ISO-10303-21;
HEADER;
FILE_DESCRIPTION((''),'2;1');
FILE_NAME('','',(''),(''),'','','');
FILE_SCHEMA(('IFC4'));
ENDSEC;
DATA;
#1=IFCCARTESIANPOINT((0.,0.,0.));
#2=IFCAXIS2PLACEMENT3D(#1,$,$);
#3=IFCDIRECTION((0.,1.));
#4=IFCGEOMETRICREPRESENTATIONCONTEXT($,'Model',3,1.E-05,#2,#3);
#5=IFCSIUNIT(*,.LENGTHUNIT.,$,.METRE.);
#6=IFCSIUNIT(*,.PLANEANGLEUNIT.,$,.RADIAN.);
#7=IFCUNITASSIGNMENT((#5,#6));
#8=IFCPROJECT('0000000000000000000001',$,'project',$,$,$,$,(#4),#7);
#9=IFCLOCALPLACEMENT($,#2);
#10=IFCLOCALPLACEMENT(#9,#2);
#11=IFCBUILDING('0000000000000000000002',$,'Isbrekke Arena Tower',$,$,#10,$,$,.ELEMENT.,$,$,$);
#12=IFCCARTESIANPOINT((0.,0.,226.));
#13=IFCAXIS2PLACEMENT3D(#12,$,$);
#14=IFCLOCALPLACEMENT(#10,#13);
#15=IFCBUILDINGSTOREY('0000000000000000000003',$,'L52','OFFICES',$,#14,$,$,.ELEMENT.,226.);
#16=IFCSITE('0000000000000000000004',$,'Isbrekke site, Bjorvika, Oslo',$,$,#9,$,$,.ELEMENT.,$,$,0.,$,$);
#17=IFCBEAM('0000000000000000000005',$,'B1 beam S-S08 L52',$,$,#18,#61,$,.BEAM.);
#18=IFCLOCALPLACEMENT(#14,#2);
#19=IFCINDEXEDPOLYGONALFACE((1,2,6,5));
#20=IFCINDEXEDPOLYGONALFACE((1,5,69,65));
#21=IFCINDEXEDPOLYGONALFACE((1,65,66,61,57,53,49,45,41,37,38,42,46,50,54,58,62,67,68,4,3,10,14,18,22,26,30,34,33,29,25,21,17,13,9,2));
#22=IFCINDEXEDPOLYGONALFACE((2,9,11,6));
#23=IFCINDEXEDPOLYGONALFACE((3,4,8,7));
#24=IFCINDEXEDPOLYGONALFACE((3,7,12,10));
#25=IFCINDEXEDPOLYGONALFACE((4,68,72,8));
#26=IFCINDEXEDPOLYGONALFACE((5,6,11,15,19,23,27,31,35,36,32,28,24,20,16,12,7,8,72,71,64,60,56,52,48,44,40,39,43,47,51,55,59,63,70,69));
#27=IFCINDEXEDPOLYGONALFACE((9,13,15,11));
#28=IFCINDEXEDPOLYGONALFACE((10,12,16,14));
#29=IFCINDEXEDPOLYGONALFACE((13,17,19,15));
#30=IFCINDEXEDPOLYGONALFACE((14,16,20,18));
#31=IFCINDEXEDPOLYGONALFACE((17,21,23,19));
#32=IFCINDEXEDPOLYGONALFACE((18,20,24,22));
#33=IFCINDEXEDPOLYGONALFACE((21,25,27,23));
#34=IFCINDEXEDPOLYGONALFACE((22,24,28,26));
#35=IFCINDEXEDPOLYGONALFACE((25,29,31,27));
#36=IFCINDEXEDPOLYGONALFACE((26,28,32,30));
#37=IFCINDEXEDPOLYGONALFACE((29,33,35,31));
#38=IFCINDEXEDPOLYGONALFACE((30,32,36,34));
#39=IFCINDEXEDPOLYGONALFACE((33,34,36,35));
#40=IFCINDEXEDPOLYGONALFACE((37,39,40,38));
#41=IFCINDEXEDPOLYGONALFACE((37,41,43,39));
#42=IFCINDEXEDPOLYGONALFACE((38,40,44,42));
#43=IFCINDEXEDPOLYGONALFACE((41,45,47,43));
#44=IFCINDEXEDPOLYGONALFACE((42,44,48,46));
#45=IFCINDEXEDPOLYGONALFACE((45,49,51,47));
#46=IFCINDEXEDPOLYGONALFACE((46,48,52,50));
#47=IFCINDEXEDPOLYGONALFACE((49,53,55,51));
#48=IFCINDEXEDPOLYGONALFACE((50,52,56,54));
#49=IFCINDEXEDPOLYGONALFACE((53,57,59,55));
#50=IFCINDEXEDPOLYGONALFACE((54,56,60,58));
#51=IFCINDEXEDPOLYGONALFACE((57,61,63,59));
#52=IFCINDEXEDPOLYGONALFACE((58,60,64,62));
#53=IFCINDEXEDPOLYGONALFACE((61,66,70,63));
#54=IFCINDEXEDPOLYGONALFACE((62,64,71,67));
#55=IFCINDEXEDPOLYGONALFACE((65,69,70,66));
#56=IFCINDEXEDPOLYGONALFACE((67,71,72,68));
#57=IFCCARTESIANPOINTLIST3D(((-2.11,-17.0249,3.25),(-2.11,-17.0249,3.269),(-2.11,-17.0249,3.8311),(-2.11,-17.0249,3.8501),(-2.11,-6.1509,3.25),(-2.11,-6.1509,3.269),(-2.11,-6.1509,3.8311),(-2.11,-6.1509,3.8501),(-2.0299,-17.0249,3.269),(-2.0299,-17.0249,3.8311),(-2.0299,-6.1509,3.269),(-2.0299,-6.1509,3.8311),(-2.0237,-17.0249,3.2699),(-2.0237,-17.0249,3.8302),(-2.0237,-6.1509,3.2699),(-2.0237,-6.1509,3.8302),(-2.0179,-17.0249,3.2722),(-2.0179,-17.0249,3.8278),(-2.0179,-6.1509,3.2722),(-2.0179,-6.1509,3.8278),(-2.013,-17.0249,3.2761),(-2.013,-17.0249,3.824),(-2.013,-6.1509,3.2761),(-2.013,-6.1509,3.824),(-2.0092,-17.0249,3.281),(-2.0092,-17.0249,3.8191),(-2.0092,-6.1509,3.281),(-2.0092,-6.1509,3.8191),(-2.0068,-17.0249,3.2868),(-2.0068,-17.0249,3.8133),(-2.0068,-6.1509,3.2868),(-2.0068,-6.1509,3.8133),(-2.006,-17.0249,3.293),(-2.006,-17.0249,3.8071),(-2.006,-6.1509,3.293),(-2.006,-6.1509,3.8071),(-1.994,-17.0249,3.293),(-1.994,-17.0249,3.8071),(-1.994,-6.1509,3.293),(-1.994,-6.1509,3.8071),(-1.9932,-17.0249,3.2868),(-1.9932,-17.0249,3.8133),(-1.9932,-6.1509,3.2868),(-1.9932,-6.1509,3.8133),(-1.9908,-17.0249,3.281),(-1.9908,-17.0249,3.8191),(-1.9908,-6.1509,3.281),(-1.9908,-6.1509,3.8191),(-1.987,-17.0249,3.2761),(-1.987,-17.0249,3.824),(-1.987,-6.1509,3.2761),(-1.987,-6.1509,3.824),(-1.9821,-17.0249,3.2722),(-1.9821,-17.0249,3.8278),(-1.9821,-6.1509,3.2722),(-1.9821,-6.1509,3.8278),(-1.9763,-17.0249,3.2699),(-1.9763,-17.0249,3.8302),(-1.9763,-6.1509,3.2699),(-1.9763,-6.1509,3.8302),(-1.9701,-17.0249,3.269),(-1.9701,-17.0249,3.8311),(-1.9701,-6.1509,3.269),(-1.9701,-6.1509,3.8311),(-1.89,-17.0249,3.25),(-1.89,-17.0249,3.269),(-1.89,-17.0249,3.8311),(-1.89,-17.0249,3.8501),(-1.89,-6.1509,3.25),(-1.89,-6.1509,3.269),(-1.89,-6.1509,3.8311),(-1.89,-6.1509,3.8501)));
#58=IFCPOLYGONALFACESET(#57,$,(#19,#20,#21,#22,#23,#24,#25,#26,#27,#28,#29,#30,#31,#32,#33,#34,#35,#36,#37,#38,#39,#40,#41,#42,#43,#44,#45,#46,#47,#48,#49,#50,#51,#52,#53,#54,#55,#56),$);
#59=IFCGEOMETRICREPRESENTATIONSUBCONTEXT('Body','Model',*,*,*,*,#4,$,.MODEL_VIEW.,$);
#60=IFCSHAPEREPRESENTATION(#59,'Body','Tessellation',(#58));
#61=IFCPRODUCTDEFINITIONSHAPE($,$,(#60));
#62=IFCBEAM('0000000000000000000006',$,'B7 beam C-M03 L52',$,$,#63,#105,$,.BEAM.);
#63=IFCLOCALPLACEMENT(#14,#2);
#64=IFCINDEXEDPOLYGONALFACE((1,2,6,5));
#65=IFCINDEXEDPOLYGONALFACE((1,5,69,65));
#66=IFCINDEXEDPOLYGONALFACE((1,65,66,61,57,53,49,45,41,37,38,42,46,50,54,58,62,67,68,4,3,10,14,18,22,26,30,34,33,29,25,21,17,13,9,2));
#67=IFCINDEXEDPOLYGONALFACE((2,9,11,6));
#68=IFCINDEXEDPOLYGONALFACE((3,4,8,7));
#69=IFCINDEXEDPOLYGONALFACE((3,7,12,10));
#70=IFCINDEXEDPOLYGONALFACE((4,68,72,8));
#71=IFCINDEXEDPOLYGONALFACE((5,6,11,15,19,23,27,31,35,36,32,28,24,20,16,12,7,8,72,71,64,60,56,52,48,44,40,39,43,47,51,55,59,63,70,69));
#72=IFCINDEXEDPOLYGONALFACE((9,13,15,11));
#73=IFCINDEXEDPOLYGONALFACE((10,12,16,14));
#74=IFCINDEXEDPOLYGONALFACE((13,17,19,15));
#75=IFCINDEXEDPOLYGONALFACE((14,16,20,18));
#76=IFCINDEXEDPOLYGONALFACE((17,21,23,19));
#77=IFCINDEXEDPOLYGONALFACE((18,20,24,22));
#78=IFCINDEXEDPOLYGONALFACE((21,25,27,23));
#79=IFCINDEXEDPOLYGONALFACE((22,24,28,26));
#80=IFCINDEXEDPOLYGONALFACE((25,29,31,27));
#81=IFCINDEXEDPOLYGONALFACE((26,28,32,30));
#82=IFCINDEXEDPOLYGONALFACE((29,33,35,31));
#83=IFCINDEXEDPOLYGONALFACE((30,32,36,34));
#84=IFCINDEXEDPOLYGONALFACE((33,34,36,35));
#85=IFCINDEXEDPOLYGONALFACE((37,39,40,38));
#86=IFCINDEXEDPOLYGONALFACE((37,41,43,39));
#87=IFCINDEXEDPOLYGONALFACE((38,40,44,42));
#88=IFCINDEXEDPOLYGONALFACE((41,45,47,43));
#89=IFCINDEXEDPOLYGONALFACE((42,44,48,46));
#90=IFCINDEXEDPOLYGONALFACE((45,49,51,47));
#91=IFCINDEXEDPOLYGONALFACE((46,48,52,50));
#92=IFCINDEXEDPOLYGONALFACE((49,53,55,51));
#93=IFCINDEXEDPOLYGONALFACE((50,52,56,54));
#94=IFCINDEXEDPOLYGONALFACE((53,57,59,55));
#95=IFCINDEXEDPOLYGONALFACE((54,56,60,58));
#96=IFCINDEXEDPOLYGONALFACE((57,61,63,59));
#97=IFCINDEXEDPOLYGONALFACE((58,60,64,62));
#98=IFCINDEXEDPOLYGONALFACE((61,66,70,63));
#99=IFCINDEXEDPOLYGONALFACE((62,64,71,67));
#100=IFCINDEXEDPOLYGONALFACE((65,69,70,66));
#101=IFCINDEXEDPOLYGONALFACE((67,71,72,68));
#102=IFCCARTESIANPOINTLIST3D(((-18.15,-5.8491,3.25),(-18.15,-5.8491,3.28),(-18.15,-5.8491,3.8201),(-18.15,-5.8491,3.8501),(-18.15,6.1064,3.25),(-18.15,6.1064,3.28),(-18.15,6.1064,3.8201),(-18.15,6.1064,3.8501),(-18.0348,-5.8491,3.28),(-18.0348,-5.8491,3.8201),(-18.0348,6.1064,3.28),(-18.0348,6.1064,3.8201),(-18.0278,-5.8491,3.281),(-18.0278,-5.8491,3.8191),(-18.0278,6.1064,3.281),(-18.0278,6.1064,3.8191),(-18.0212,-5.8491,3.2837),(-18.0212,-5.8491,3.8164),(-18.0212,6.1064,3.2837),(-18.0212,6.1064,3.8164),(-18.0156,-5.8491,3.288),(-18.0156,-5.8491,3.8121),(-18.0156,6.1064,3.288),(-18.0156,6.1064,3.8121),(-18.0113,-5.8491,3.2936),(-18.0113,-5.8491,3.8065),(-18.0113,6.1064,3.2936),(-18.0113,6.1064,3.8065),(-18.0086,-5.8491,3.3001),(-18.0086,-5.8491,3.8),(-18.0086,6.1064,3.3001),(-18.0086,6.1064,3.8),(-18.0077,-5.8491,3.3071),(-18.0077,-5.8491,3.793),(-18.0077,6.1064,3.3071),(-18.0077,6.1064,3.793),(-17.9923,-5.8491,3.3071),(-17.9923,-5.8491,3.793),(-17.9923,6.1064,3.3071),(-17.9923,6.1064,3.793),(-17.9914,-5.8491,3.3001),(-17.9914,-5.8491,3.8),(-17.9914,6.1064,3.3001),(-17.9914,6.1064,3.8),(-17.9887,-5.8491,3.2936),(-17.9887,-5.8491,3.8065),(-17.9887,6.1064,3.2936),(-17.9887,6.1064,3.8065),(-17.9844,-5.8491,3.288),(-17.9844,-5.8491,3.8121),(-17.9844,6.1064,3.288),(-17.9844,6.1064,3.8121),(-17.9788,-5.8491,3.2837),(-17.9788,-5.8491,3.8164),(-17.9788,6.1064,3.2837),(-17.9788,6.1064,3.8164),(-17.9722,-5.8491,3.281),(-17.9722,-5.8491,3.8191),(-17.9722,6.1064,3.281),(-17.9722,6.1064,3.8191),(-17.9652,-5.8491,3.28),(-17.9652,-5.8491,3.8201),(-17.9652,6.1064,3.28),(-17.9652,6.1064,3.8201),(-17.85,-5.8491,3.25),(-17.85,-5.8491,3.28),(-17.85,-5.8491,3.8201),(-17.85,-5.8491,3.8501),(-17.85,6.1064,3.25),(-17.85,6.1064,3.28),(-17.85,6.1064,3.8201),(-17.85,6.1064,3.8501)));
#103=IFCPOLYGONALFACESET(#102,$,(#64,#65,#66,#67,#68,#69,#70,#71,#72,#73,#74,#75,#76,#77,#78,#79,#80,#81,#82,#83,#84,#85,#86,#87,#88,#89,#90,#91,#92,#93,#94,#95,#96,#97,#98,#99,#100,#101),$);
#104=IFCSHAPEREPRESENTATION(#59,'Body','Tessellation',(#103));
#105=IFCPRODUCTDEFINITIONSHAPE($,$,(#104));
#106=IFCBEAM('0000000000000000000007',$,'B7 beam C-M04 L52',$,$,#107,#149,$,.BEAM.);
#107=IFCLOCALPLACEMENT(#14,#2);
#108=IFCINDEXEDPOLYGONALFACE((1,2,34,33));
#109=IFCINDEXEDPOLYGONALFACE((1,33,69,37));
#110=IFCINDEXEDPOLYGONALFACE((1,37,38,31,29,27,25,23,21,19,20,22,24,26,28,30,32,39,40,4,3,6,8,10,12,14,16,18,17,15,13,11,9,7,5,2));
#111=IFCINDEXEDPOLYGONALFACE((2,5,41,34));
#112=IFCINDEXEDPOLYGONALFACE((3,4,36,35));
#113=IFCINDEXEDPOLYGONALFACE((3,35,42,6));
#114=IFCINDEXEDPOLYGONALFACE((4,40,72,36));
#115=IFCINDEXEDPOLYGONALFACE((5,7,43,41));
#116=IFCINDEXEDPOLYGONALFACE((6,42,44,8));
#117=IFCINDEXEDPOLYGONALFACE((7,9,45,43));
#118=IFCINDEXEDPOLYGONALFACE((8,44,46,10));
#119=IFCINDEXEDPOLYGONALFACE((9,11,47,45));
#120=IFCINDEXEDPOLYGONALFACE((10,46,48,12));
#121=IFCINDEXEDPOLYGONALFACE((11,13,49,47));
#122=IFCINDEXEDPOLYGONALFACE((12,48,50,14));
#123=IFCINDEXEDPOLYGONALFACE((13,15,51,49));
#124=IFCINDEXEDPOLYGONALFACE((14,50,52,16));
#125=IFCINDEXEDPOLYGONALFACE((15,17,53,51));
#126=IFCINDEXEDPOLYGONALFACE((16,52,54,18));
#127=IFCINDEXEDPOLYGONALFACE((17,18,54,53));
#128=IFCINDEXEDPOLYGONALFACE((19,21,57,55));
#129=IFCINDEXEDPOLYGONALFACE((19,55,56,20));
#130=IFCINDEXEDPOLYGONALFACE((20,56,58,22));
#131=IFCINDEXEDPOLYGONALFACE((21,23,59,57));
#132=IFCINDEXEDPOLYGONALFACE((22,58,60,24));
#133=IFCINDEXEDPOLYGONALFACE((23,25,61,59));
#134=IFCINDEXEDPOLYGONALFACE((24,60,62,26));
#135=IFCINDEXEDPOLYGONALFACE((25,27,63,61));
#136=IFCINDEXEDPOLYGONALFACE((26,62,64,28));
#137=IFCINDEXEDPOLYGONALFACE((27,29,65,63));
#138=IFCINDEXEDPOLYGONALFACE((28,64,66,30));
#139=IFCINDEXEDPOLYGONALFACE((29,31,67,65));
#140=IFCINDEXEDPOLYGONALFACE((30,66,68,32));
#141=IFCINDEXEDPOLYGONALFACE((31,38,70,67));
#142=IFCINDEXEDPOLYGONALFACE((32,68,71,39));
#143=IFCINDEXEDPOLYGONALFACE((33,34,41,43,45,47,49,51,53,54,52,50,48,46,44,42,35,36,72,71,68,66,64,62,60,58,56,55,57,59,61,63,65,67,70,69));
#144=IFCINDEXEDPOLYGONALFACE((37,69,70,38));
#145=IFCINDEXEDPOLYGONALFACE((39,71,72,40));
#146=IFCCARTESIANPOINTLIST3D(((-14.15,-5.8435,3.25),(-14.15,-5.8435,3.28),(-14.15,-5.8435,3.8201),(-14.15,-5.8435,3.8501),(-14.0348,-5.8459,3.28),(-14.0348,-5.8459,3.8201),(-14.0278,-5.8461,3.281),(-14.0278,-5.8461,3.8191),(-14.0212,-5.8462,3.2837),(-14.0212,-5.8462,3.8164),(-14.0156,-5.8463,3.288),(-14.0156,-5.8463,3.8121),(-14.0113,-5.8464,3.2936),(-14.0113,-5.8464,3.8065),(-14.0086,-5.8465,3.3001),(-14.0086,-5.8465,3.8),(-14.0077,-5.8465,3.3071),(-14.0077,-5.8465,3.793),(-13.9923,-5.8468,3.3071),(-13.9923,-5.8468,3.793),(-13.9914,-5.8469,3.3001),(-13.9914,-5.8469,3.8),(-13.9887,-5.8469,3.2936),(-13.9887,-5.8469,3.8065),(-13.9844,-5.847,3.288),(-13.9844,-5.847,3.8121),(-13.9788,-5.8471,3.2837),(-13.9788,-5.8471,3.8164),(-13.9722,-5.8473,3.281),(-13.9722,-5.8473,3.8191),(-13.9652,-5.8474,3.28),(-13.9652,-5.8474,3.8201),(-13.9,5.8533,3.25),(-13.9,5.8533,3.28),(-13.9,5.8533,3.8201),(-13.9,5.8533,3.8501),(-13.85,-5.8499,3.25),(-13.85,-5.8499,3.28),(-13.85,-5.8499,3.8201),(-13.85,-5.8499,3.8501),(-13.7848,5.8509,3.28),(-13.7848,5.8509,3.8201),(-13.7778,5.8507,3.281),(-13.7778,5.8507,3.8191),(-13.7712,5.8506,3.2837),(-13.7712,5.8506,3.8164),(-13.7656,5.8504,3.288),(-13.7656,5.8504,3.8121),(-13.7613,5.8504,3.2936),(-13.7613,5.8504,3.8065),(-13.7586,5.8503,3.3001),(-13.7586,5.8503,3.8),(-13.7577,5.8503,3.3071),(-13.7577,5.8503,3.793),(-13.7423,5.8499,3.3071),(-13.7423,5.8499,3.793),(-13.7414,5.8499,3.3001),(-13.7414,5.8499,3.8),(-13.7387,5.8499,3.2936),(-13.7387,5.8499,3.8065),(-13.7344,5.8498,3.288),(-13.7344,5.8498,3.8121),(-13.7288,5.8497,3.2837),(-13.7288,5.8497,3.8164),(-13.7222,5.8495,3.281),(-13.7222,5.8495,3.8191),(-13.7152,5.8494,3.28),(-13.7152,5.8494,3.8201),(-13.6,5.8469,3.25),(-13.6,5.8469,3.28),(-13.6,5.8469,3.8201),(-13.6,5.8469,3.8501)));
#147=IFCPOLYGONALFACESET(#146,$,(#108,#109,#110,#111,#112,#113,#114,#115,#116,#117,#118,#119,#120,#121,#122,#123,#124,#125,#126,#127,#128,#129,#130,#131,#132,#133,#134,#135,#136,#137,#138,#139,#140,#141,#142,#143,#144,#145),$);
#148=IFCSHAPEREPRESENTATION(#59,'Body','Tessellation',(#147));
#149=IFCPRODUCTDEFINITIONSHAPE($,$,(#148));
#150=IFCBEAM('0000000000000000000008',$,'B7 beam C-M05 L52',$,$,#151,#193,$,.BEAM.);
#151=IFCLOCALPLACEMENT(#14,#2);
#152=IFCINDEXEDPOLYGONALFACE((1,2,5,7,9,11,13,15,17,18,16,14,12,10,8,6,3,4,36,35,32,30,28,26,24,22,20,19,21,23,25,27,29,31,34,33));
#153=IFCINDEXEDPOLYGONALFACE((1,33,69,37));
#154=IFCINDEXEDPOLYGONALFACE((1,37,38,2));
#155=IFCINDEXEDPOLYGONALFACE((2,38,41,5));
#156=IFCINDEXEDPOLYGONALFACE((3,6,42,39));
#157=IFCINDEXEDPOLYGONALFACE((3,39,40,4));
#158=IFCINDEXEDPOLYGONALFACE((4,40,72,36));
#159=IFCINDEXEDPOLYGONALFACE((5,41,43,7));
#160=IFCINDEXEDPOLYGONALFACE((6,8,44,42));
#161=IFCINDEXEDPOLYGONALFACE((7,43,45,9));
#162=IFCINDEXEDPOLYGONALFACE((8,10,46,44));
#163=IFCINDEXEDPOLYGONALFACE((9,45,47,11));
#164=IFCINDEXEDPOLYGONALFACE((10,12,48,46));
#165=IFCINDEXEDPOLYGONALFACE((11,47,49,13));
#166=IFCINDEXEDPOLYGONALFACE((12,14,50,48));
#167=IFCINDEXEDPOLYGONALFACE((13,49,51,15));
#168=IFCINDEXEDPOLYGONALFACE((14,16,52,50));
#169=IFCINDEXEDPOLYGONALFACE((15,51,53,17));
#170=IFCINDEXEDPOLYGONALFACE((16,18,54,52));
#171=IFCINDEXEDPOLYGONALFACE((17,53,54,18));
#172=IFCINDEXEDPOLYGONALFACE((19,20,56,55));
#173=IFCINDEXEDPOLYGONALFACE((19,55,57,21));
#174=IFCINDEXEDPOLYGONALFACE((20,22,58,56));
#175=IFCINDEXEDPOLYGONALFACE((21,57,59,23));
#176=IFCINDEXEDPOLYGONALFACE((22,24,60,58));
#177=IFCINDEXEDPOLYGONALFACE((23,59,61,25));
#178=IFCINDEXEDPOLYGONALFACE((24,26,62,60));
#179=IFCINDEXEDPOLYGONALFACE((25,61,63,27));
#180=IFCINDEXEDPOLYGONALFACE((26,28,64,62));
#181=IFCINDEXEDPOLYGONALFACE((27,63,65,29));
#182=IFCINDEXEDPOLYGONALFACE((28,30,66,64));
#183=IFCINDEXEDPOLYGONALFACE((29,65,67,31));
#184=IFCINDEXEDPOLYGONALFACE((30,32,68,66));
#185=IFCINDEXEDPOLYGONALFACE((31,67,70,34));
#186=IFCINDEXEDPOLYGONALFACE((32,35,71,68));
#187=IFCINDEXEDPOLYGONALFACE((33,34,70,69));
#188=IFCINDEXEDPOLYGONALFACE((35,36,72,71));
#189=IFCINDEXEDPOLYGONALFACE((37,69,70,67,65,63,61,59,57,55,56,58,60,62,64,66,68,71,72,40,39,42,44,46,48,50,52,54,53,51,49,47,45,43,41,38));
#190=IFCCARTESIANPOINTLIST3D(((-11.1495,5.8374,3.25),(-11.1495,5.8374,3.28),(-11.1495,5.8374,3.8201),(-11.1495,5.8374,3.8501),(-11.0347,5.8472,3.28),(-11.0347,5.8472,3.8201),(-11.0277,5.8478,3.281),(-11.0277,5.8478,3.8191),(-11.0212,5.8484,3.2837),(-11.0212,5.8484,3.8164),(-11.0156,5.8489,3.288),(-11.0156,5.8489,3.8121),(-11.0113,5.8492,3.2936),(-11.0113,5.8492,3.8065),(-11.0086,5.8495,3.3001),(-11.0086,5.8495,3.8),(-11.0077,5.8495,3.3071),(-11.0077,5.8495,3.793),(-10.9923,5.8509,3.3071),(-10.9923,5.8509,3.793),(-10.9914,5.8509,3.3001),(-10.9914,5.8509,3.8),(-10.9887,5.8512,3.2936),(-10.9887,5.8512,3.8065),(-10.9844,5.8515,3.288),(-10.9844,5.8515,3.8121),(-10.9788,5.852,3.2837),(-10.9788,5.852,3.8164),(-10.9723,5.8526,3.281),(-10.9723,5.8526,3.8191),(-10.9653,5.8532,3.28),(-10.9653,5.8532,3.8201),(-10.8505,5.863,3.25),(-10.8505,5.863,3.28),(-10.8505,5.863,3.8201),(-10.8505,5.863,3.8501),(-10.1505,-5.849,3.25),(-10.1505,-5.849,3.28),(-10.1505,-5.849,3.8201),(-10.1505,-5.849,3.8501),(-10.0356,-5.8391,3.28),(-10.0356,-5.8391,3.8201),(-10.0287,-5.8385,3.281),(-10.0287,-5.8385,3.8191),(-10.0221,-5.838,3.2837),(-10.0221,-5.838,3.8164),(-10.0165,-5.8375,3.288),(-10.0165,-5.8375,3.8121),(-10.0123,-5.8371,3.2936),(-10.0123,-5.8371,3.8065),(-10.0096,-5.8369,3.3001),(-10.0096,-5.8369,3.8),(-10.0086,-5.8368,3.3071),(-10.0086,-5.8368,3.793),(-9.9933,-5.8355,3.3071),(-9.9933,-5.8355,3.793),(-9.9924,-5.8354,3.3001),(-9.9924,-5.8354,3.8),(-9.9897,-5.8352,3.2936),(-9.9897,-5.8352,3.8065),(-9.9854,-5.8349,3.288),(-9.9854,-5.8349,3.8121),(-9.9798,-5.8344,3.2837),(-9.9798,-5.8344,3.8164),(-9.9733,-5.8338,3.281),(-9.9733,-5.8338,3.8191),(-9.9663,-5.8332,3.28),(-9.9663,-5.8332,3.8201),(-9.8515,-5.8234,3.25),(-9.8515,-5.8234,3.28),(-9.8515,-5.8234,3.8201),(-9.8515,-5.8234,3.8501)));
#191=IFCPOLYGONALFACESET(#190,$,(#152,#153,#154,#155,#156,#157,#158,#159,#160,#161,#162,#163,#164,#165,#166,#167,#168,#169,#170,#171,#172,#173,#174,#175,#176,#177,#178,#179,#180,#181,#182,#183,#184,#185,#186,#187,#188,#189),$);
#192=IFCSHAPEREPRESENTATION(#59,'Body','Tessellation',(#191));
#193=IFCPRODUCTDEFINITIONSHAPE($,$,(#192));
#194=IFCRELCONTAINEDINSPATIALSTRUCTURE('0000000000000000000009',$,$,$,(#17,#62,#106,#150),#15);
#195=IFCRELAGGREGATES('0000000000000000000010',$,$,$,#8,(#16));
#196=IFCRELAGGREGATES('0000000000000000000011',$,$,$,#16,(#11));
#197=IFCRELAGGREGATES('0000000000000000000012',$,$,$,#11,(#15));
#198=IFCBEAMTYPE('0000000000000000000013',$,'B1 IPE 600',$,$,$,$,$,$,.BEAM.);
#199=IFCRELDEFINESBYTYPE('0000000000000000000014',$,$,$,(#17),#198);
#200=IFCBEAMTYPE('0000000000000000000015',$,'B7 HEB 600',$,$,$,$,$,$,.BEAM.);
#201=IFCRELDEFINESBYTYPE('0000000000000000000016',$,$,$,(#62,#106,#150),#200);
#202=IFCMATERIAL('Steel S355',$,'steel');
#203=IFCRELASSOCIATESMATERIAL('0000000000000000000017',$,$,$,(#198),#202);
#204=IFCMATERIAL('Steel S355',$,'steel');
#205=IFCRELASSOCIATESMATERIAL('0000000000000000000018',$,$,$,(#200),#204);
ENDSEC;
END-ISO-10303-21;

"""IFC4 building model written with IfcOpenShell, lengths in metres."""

from ifc_helpers import new_model, si_unit, direction, frame, origin, origin_2d, place, context, subcontext, project, spatial, i_section, extrude, material, material_profile, profile_set, type_object, element, save


model = new_model("IFC4")

# Units and contexts
model_context = context("Model", 3, precision=1e-05, world=origin(), true_north=direction((0.0, 1.0)))
body_context = subcontext(model_context, "Body", "Model", "MODEL_VIEW")
ifc_project = project(units=[si_unit("LENGTHUNIT", "METRE"), si_unit("PLANEANGLEUNIT", "RADIAN")], contexts=[model_context])

# Site, building, storey
site_placement = place(None, origin())
site = spatial("IfcSite", under=ifc_project, at=site_placement, Name="Isbrekke site, Bjorvika, Oslo", CompositionType="ELEMENT", RefElevation=0.0)
building_placement = place(site_placement, origin())
building = spatial("IfcBuilding", under=site, at=building_placement, Name="Isbrekke Arena Tower", CompositionType="ELEMENT")
storey_placement = place(building_placement, frame((0.0, 0.0, 226.0)))
storey = spatial("IfcBuildingStorey", under=building, at=storey_placement, Name="L52", Description="OFFICES", CompositionType="ELEMENT", Elevation=226.0)

# Beams
ifc_material_1 = material(Name="Steel S355", Category="steel")
ifc_material_profile_1 = material_profile(ifc_material_1, i_section(OverallWidth=0.22, OverallDepth=0.6001, WebThickness=0.012, FlangeThickness=0.019, FilletRadius=0.0239, at=origin_2d()), Name="IPE 600")
ifc_profile_set_1 = profile_set([ifc_material_profile_1], Name="Steel S355")
beam_type_1 = type_object("IfcBeamType", Name="B1 IPE 600", PredefinedType="BEAM", material=ifc_profile_set_1)
for number, where, z_axis, x_axis, name in (
    (1, (-2.0, -17.0249, 3.55), (0.0, 1.0, 0.0), (-1.0, 0.0, 0.0), "B1 beam S-S08 L52"),
):
    element("IfcBeam", number, at=place(storey_placement, frame(where, z_axis=z_axis, x_axis=x_axis)), inside=storey, type_object=beam_type_1, Name=name, PredefinedType="BEAM", context=body_context, shape_type="SweptSolid", body=[
        extrude(i_section(OverallWidth=0.22, OverallDepth=0.6001, WebThickness=0.012, FlangeThickness=0.019, FilletRadius=0.0239, at=origin_2d()), origin(), (0.0, 0.0, 1.0), 10.874),
    ])
ifc_material_2 = material(Name="Steel S355", Category="steel")
ifc_material_profile_2 = material_profile(ifc_material_2, i_section(OverallWidth=0.3, OverallDepth=0.6001, WebThickness=0.0154, FlangeThickness=0.03, FilletRadius=0.0271, at=origin_2d()), Name="HEB 600")
ifc_profile_set_2 = profile_set([ifc_material_profile_2], Name="Steel S355")
beam_type_2 = type_object("IfcBeamType", Name="B7 HEB 600", PredefinedType="BEAM", material=ifc_profile_set_2)
beam_1_placement = place(storey_placement, frame((-18.0, -5.8491, 3.55), z_axis=(0.0, 1.0, 0.0), x_axis=(-1.0, 0.0, 0.0)))
element("IfcBeam", 2, at=beam_1_placement, inside=storey, type_object=beam_type_2, Name="B7 beam C-M03 L52", PredefinedType="BEAM", context=body_context, shape_type="SweptSolid", body=[
    extrude(i_section(OverallWidth=0.3, OverallDepth=0.6001, WebThickness=0.0154, FlangeThickness=0.03, FilletRadius=0.0271, at=origin_2d()), origin(), (0.0, 0.0, 1.0), 11.9556),
])
beam_2_placement = place(storey_placement, frame((-14.0, -5.8467, 3.55), z_axis=(0.021369, 0.999772, 0.0), x_axis=(-0.999772, 0.021369, 0.0)))
element("IfcBeam", 3, at=beam_2_placement, inside=storey, type_object=beam_type_2, Name="B7 beam C-M04 L52", PredefinedType="BEAM", context=body_context, shape_type="SweptSolid", body=[
    extrude(i_section(OverallWidth=0.3, OverallDepth=0.6001, WebThickness=0.0154, FlangeThickness=0.03, FilletRadius=0.0271, at=origin_2d()), origin(), (0.0, 0.0, 1.0), 11.6995),
])
beam_3_placement = place(storey_placement, frame((-10.001, -5.8362, 3.55), z_axis=(-0.085176, 0.996366, 0.0), x_axis=(-0.996366, -0.085176, 0.0)))
element("IfcBeam", 4, at=beam_3_placement, inside=storey, type_object=beam_type_2, Name="B7 beam C-M05 L52", PredefinedType="BEAM", context=body_context, shape_type="SweptSolid", body=[
    extrude(i_section(OverallWidth=0.3, OverallDepth=0.6001, WebThickness=0.0154, FlangeThickness=0.03, FilletRadius=0.0271, at=origin_2d()), origin(), (0.0, 0.0, 1.0), 11.729),
])

save(model, "model.ifc")
